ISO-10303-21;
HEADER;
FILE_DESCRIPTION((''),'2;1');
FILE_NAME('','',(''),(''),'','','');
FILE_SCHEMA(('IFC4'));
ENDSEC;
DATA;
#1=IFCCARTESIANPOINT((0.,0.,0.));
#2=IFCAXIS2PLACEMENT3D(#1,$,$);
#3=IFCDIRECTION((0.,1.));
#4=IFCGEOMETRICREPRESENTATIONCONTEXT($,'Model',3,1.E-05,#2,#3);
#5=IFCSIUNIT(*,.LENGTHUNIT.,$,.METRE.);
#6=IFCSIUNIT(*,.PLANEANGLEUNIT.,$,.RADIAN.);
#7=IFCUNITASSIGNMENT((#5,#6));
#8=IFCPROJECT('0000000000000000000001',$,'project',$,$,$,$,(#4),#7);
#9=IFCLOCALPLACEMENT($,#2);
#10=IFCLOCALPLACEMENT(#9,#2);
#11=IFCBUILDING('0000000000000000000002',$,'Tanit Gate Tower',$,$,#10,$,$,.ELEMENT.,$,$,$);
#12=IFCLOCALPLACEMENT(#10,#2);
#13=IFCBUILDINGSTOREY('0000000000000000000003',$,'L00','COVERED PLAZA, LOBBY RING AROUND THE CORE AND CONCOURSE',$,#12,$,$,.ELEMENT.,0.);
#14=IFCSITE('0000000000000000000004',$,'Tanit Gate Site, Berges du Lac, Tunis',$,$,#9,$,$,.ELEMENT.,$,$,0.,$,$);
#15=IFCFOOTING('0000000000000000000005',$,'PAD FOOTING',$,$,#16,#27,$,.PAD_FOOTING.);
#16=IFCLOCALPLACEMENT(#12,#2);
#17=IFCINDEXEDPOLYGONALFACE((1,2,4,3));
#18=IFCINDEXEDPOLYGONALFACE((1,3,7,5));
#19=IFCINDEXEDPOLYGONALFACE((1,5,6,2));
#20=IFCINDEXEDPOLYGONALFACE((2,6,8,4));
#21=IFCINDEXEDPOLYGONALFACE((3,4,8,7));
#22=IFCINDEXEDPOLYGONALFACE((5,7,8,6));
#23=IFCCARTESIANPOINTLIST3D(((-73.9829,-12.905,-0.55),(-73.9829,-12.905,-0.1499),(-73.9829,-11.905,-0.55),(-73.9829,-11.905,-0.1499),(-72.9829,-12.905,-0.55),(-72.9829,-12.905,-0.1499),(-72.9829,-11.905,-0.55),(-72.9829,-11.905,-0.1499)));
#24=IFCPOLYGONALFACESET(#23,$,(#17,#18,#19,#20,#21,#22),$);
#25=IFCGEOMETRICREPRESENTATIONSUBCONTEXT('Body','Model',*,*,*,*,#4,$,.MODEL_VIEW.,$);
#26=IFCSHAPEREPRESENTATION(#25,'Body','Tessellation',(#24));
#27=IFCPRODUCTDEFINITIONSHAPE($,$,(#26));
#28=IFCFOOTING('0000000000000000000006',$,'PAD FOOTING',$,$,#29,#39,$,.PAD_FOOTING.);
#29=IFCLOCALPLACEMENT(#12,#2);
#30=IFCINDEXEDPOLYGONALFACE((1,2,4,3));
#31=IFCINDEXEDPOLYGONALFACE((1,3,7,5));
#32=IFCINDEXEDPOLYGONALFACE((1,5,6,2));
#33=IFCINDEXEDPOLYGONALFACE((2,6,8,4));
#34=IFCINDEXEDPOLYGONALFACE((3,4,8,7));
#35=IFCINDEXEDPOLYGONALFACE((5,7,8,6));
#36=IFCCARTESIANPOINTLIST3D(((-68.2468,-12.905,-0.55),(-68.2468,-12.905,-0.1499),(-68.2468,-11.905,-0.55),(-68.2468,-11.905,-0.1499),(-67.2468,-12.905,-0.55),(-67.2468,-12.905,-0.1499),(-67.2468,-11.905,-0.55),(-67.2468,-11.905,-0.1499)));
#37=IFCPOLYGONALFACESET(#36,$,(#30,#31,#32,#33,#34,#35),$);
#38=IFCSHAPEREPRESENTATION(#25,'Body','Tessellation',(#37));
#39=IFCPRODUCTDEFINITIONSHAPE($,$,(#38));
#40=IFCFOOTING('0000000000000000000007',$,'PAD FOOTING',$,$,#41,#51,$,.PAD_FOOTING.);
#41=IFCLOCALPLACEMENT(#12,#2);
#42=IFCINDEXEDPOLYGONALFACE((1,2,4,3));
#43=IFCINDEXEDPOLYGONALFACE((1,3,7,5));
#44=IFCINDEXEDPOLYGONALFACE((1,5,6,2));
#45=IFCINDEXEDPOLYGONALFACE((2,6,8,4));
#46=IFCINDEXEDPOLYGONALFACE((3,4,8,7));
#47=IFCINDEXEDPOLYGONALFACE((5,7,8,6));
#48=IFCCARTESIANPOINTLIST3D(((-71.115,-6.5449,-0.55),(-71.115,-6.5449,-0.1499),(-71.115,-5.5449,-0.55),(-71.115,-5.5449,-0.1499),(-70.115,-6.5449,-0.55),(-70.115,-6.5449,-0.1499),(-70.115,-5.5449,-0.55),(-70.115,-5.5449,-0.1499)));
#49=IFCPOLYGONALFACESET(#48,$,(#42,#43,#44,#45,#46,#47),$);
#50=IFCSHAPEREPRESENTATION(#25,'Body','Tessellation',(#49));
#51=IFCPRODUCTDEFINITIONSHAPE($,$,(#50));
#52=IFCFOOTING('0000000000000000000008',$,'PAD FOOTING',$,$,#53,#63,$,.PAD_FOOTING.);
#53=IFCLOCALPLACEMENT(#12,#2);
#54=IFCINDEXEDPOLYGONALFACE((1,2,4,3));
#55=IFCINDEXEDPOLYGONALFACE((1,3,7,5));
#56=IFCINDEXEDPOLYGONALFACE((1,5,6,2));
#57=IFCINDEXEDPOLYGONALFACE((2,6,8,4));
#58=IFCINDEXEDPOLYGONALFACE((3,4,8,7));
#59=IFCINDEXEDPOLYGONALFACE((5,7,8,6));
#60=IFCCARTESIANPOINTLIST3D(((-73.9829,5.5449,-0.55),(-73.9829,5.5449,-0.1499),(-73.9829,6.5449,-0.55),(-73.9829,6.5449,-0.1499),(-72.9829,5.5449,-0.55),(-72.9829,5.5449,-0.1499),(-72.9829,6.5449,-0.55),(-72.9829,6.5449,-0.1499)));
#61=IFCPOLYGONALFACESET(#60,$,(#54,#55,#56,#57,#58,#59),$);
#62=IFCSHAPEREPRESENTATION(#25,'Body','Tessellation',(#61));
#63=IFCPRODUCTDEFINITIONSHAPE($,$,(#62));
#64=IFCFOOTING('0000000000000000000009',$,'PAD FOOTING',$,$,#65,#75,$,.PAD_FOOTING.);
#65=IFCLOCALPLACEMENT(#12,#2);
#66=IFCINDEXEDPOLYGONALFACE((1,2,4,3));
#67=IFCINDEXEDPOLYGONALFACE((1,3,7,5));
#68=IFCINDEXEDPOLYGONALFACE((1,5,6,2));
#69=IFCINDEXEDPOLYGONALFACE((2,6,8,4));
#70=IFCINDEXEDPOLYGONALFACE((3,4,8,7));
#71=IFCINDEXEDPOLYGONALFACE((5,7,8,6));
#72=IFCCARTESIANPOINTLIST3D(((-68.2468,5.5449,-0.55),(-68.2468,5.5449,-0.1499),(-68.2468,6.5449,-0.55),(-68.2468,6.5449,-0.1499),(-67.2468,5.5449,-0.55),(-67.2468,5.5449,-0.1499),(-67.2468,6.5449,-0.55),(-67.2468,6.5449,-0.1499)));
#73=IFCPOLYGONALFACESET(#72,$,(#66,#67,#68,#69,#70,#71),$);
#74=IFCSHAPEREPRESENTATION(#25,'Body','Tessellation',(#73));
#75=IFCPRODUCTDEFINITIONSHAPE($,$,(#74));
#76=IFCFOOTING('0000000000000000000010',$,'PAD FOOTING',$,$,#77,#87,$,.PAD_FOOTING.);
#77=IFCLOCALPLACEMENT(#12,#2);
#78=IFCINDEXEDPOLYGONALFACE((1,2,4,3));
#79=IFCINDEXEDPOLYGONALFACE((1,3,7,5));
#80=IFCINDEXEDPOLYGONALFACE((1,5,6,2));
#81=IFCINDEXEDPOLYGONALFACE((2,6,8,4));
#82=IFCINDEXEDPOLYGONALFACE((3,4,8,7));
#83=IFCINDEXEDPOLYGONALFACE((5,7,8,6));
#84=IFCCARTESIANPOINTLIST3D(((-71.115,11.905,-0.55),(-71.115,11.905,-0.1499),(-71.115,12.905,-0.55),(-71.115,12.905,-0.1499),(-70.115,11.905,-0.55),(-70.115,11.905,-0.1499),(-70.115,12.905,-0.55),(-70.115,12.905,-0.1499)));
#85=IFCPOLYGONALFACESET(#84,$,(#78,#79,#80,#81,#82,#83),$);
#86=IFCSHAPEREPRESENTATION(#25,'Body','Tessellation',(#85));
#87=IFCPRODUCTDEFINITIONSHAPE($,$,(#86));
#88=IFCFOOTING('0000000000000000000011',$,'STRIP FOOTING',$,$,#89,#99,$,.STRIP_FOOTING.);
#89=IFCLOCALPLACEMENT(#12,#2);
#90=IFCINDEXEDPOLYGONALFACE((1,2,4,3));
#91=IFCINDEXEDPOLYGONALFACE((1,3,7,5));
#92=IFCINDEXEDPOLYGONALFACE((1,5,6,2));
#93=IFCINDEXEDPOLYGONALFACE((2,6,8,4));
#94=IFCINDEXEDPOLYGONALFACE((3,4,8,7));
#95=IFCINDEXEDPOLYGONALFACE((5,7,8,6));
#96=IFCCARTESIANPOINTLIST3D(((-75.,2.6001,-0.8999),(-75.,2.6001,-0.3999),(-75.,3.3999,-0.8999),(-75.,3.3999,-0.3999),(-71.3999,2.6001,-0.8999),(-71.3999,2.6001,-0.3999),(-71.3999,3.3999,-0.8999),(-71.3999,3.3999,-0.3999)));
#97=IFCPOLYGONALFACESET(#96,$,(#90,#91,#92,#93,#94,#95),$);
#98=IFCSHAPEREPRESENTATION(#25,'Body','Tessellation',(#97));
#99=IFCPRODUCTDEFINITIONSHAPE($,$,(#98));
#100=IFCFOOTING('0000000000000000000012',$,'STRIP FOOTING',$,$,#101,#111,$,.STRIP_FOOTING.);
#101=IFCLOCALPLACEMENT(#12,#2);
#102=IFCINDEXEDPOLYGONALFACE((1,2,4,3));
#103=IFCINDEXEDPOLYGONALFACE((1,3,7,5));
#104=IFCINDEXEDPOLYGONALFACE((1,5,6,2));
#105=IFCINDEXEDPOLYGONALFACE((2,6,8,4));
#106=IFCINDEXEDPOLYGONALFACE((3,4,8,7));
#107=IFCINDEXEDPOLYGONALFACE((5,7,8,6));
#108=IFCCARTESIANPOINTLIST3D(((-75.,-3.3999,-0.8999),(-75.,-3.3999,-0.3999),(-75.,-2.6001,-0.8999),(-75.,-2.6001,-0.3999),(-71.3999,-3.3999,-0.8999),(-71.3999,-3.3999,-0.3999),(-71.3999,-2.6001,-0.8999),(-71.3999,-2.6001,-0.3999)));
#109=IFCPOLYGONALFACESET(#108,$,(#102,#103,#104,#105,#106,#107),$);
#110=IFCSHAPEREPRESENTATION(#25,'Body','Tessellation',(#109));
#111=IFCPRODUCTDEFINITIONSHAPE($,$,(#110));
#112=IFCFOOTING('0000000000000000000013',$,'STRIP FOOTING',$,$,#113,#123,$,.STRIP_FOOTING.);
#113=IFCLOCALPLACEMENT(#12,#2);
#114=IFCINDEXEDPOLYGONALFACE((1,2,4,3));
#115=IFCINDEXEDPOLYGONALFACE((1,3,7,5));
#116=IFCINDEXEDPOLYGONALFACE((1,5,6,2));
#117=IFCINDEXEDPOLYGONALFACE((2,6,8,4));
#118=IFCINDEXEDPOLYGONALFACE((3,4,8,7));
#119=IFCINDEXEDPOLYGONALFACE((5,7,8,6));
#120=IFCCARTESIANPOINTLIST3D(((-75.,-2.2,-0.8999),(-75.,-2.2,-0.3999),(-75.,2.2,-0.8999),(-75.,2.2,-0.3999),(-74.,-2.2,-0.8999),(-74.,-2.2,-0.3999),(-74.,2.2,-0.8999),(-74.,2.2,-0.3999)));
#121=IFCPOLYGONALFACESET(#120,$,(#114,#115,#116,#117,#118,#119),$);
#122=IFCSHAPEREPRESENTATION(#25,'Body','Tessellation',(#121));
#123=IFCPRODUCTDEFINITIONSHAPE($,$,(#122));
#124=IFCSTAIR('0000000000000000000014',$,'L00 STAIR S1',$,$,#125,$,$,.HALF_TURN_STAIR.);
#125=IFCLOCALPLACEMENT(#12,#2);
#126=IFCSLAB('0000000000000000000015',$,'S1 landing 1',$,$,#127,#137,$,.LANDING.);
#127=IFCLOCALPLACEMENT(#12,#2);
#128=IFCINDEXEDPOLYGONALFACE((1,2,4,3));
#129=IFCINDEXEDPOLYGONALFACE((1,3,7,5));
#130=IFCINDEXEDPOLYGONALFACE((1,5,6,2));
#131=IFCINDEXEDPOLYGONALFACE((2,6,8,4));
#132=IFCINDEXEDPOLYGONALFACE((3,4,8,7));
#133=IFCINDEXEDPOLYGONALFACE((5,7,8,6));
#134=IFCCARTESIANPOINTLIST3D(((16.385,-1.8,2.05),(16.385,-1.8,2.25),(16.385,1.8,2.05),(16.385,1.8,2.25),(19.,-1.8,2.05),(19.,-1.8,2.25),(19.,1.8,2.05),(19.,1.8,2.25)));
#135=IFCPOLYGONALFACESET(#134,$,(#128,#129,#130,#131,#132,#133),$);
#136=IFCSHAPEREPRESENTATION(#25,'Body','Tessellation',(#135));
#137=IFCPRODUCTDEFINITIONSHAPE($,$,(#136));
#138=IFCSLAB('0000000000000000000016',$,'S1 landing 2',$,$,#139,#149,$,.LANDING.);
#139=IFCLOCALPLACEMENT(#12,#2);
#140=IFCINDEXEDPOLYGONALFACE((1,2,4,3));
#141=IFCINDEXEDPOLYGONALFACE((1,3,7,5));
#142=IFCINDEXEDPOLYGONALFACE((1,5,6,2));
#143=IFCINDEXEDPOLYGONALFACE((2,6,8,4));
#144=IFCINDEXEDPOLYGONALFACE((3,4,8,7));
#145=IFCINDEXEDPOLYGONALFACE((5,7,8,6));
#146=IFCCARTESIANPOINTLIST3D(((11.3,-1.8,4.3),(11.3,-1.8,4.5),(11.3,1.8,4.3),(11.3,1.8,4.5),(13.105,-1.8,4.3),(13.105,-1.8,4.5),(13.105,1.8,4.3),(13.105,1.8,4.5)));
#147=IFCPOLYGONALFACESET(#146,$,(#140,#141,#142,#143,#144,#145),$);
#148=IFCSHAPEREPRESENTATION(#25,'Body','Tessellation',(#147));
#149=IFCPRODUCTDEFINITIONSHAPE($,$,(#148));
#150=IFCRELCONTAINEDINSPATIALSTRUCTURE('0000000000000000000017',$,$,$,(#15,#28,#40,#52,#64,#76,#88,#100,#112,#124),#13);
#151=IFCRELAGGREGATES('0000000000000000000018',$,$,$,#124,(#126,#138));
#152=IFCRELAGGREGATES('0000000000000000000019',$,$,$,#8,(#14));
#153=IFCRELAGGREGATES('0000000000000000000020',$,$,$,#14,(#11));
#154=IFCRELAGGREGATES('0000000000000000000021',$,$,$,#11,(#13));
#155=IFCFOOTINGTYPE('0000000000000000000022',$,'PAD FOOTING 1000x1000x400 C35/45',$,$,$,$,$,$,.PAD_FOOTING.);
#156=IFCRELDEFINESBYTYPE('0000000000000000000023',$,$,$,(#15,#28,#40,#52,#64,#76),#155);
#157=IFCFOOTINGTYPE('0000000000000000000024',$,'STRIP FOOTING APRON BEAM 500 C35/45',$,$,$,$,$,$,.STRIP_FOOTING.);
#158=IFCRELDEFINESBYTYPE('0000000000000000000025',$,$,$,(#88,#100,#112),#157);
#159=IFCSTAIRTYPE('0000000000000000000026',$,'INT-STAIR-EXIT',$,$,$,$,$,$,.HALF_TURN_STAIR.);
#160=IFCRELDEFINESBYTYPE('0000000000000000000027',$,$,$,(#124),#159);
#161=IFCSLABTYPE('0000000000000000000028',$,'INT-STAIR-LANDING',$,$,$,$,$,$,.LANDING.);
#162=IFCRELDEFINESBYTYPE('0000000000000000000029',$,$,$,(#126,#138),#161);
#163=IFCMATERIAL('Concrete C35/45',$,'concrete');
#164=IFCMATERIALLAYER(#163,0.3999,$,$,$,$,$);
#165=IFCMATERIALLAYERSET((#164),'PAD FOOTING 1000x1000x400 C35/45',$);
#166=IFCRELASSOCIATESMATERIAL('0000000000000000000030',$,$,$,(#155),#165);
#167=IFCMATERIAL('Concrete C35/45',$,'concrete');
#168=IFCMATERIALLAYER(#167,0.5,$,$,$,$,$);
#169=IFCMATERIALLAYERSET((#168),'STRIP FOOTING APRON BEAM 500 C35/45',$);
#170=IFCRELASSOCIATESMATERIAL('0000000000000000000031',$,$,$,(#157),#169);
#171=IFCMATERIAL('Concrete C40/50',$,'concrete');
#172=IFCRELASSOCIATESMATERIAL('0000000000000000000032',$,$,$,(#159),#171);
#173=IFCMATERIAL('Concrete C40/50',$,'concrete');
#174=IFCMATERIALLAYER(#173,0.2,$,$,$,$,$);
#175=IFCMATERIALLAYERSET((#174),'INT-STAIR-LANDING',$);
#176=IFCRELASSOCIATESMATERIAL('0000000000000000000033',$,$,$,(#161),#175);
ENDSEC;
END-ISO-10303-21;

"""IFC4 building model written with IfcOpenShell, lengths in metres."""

from ifc_helpers import new_model, si_unit, direction, frame, origin, place, context, subcontext, project, spatial, polyline, outline, extrude, material, layer, layer_set, type_object, element, aggregate, save


model = new_model("IFC4")

# Units and contexts
model_context = context("Model", 3, precision=1e-05, world=origin(), true_north=direction((0.0, 1.0)))
body_context = subcontext(model_context, "Body", "Model", "MODEL_VIEW")
ifc_project = project(units=[si_unit("LENGTHUNIT", "METRE"), si_unit("PLANEANGLEUNIT", "RADIAN")], contexts=[model_context])

# Site, building, storey
site_placement = place(None, origin())
site = spatial("IfcSite", under=ifc_project, at=site_placement, Name="Tanit Gate Site, Berges du Lac, Tunis", CompositionType="ELEMENT", RefElevation=0.0)
building_placement = place(site_placement, origin())
building = spatial("IfcBuilding", under=site, at=building_placement, Name="Tanit Gate Tower", CompositionType="ELEMENT")
storey_placement = place(building_placement, origin())
storey = spatial("IfcBuildingStorey", under=building, at=storey_placement, Name="L00", Description="COVERED PLAZA, LOBBY RING AROUND THE CORE AND CONCOURSE", CompositionType="ELEMENT", Elevation=0.0)

# Footings
ifc_material_1 = material(Name="Concrete C35/45", Category="concrete")
ifc_layer_1 = layer(ifc_material_1, 0.3999)
ifc_layer_set_1 = layer_set([ifc_layer_1], Name="PAD FOOTING 1000x1000x400 C35/45")
footing_type_1 = type_object("IfcFootingType", Name="PAD FOOTING 1000x1000x400 C35/45", PredefinedType="PAD_FOOTING", material=ifc_layer_set_1)
footing_1_placement = place(storey_placement, frame((0.0, 0.0, -0.55)))
element("IfcFooting", 1, at=footing_1_placement, inside=storey, type_object=footing_type_1, Name="PAD FOOTING", PredefinedType="PAD_FOOTING", context=body_context, shape_type="SweptSolid", body=[
    extrude(outline(polyline([(-73.9829, -12.905), (-72.9829, -12.905), (-72.9829, -11.905), (-73.9829, -11.905), (-73.9829, -12.905)])), origin(), (0.0, 0.0, 1.0), 0.4001),
])
footing_2_placement = place(storey_placement, frame((0.0, 0.0, -0.55)))
element("IfcFooting", 2, at=footing_2_placement, inside=storey, type_object=footing_type_1, Name="PAD FOOTING", PredefinedType="PAD_FOOTING", context=body_context, shape_type="SweptSolid", body=[
    extrude(outline(polyline([(-68.2468, -12.905), (-67.2468, -12.905), (-67.2468, -11.905), (-68.2468, -11.905), (-68.2468, -12.905)])), origin(), (0.0, 0.0, 1.0), 0.4001),
])
footing_3_placement = place(storey_placement, frame((0.0, 0.0, -0.55)))
element("IfcFooting", 3, at=footing_3_placement, inside=storey, type_object=footing_type_1, Name="PAD FOOTING", PredefinedType="PAD_FOOTING", context=body_context, shape_type="SweptSolid", body=[
    extrude(outline(polyline([(-71.115, -6.5449), (-70.115, -6.5449), (-70.115, -5.5449), (-71.115, -5.5449), (-71.115, -6.5449)])), origin(), (0.0, 0.0, 1.0), 0.4001),
])
footing_4_placement = place(storey_placement, frame((0.0, 0.0, -0.55)))
element("IfcFooting", 4, at=footing_4_placement, inside=storey, type_object=footing_type_1, Name="PAD FOOTING", PredefinedType="PAD_FOOTING", context=body_context, shape_type="SweptSolid", body=[
    extrude(outline(polyline([(-73.9829, 5.5449), (-72.9829, 5.5449), (-72.9829, 6.5449), (-73.9829, 6.5449), (-73.9829, 5.5449)])), origin(), (0.0, 0.0, 1.0), 0.4001),
])
footing_5_placement = place(storey_placement, frame((0.0, 0.0, -0.55)))
element("IfcFooting", 5, at=footing_5_placement, inside=storey, type_object=footing_type_1, Name="PAD FOOTING", PredefinedType="PAD_FOOTING", context=body_context, shape_type="SweptSolid", body=[
    extrude(outline(polyline([(-68.2468, 5.5449), (-67.2468, 5.5449), (-67.2468, 6.5449), (-68.2468, 6.5449), (-68.2468, 5.5449)])), origin(), (0.0, 0.0, 1.0), 0.4001),
])
footing_6_placement = place(storey_placement, frame((0.0, 0.0, -0.55)))
element("IfcFooting", 6, at=footing_6_placement, inside=storey, type_object=footing_type_1, Name="PAD FOOTING", PredefinedType="PAD_FOOTING", context=body_context, shape_type="SweptSolid", body=[
    extrude(outline(polyline([(-71.115, 11.905), (-70.115, 11.905), (-70.115, 12.905), (-71.115, 12.905), (-71.115, 11.905)])), origin(), (0.0, 0.0, 1.0), 0.4001),
])
ifc_material_2 = material(Name="Concrete C35/45", Category="concrete")
ifc_layer_2 = layer(ifc_material_2, 0.5)
ifc_layer_set_2 = layer_set([ifc_layer_2], Name="STRIP FOOTING APRON BEAM 500 C35/45")
footing_type_2 = type_object("IfcFootingType", Name="STRIP FOOTING APRON BEAM 500 C35/45", PredefinedType="STRIP_FOOTING", material=ifc_layer_set_2)
footing_7_placement = place(storey_placement, frame((0.0, 0.0, -0.8999)))
element("IfcFooting", 7, at=footing_7_placement, inside=storey, type_object=footing_type_2, Name="STRIP FOOTING", PredefinedType="STRIP_FOOTING", context=body_context, shape_type="SweptSolid", body=[
    extrude(outline(polyline([(-75.0, 2.6001), (-71.3999, 2.6001), (-71.3999, 3.3999), (-75.0, 3.3999), (-75.0, 2.6001)])), origin(), (0.0, 0.0, 1.0), 0.5),
])
footing_8_placement = place(storey_placement, frame((0.0, 0.0, -0.8999)))
element("IfcFooting", 8, at=footing_8_placement, inside=storey, type_object=footing_type_2, Name="STRIP FOOTING", PredefinedType="STRIP_FOOTING", context=body_context, shape_type="SweptSolid", body=[
    extrude(outline(polyline([(-75.0, -3.3999), (-71.3999, -3.3999), (-71.3999, -2.6001), (-75.0, -2.6001), (-75.0, -3.3999)])), origin(), (0.0, 0.0, 1.0), 0.5),
])
footing_9_placement = place(storey_placement, frame((0.0, 0.0, -0.8999)))
element("IfcFooting", 9, at=footing_9_placement, inside=storey, type_object=footing_type_2, Name="STRIP FOOTING", PredefinedType="STRIP_FOOTING", context=body_context, shape_type="SweptSolid", body=[
    extrude(outline(polyline([(-75.0, -2.2), (-74.0, -2.2), (-74.0, 2.2), (-75.0, 2.2), (-75.0, -2.2)])), origin(), (0.0, 0.0, 1.0), 0.5),
])

# Stair, slabs
ifc_material_3 = material(Name="Concrete C40/50", Category="concrete")
stair_type = type_object("IfcStairType", Name="INT-STAIR-EXIT", PredefinedType="HALF_TURN_STAIR", material=ifc_material_3)
stair_placement = place(storey_placement, origin())
stair = element("IfcStair", 10, at=stair_placement, inside=storey, type_object=stair_type, Name="L00 STAIR S1", PredefinedType="HALF_TURN_STAIR")
ifc_material_4 = material(Name="Concrete C40/50", Category="concrete")
ifc_layer_3 = layer(ifc_material_4, 0.2)
ifc_layer_set_3 = layer_set([ifc_layer_3], Name="INT-STAIR-LANDING")
slab_type_1 = type_object("IfcSlabType", Name="INT-STAIR-LANDING", PredefinedType="LANDING", material=ifc_layer_set_3)
slab_1_placement = place(storey_placement, frame((0.0, 0.0, 2.05)))
slab_1 = element("IfcSlab", 11, at=slab_1_placement, type_object=slab_type_1, Name="S1 landing 1", PredefinedType="LANDING", context=body_context, shape_type="SweptSolid", body=[
    extrude(outline(polyline([(16.385, -1.8), (19.0, -1.8), (19.0, 1.8), (16.385, 1.8), (16.385, -1.8)])), origin(), (0.0, 0.0, 1.0), 0.2),
])
slab_2_placement = place(storey_placement, frame((0.0, 0.0, 4.3)))
slab_2 = element("IfcSlab", 12, at=slab_2_placement, type_object=slab_type_1, Name="S1 landing 2", PredefinedType="LANDING", context=body_context, shape_type="SweptSolid", body=[
    extrude(outline(polyline([(11.3, -1.8), (13.105, -1.8), (13.105, 1.8), (11.3, 1.8), (11.3, -1.8)])), origin(), (0.0, 0.0, 1.0), 0.2),
])
aggregate(stair, [slab_1, slab_2])

save(model, "model.ifc")
